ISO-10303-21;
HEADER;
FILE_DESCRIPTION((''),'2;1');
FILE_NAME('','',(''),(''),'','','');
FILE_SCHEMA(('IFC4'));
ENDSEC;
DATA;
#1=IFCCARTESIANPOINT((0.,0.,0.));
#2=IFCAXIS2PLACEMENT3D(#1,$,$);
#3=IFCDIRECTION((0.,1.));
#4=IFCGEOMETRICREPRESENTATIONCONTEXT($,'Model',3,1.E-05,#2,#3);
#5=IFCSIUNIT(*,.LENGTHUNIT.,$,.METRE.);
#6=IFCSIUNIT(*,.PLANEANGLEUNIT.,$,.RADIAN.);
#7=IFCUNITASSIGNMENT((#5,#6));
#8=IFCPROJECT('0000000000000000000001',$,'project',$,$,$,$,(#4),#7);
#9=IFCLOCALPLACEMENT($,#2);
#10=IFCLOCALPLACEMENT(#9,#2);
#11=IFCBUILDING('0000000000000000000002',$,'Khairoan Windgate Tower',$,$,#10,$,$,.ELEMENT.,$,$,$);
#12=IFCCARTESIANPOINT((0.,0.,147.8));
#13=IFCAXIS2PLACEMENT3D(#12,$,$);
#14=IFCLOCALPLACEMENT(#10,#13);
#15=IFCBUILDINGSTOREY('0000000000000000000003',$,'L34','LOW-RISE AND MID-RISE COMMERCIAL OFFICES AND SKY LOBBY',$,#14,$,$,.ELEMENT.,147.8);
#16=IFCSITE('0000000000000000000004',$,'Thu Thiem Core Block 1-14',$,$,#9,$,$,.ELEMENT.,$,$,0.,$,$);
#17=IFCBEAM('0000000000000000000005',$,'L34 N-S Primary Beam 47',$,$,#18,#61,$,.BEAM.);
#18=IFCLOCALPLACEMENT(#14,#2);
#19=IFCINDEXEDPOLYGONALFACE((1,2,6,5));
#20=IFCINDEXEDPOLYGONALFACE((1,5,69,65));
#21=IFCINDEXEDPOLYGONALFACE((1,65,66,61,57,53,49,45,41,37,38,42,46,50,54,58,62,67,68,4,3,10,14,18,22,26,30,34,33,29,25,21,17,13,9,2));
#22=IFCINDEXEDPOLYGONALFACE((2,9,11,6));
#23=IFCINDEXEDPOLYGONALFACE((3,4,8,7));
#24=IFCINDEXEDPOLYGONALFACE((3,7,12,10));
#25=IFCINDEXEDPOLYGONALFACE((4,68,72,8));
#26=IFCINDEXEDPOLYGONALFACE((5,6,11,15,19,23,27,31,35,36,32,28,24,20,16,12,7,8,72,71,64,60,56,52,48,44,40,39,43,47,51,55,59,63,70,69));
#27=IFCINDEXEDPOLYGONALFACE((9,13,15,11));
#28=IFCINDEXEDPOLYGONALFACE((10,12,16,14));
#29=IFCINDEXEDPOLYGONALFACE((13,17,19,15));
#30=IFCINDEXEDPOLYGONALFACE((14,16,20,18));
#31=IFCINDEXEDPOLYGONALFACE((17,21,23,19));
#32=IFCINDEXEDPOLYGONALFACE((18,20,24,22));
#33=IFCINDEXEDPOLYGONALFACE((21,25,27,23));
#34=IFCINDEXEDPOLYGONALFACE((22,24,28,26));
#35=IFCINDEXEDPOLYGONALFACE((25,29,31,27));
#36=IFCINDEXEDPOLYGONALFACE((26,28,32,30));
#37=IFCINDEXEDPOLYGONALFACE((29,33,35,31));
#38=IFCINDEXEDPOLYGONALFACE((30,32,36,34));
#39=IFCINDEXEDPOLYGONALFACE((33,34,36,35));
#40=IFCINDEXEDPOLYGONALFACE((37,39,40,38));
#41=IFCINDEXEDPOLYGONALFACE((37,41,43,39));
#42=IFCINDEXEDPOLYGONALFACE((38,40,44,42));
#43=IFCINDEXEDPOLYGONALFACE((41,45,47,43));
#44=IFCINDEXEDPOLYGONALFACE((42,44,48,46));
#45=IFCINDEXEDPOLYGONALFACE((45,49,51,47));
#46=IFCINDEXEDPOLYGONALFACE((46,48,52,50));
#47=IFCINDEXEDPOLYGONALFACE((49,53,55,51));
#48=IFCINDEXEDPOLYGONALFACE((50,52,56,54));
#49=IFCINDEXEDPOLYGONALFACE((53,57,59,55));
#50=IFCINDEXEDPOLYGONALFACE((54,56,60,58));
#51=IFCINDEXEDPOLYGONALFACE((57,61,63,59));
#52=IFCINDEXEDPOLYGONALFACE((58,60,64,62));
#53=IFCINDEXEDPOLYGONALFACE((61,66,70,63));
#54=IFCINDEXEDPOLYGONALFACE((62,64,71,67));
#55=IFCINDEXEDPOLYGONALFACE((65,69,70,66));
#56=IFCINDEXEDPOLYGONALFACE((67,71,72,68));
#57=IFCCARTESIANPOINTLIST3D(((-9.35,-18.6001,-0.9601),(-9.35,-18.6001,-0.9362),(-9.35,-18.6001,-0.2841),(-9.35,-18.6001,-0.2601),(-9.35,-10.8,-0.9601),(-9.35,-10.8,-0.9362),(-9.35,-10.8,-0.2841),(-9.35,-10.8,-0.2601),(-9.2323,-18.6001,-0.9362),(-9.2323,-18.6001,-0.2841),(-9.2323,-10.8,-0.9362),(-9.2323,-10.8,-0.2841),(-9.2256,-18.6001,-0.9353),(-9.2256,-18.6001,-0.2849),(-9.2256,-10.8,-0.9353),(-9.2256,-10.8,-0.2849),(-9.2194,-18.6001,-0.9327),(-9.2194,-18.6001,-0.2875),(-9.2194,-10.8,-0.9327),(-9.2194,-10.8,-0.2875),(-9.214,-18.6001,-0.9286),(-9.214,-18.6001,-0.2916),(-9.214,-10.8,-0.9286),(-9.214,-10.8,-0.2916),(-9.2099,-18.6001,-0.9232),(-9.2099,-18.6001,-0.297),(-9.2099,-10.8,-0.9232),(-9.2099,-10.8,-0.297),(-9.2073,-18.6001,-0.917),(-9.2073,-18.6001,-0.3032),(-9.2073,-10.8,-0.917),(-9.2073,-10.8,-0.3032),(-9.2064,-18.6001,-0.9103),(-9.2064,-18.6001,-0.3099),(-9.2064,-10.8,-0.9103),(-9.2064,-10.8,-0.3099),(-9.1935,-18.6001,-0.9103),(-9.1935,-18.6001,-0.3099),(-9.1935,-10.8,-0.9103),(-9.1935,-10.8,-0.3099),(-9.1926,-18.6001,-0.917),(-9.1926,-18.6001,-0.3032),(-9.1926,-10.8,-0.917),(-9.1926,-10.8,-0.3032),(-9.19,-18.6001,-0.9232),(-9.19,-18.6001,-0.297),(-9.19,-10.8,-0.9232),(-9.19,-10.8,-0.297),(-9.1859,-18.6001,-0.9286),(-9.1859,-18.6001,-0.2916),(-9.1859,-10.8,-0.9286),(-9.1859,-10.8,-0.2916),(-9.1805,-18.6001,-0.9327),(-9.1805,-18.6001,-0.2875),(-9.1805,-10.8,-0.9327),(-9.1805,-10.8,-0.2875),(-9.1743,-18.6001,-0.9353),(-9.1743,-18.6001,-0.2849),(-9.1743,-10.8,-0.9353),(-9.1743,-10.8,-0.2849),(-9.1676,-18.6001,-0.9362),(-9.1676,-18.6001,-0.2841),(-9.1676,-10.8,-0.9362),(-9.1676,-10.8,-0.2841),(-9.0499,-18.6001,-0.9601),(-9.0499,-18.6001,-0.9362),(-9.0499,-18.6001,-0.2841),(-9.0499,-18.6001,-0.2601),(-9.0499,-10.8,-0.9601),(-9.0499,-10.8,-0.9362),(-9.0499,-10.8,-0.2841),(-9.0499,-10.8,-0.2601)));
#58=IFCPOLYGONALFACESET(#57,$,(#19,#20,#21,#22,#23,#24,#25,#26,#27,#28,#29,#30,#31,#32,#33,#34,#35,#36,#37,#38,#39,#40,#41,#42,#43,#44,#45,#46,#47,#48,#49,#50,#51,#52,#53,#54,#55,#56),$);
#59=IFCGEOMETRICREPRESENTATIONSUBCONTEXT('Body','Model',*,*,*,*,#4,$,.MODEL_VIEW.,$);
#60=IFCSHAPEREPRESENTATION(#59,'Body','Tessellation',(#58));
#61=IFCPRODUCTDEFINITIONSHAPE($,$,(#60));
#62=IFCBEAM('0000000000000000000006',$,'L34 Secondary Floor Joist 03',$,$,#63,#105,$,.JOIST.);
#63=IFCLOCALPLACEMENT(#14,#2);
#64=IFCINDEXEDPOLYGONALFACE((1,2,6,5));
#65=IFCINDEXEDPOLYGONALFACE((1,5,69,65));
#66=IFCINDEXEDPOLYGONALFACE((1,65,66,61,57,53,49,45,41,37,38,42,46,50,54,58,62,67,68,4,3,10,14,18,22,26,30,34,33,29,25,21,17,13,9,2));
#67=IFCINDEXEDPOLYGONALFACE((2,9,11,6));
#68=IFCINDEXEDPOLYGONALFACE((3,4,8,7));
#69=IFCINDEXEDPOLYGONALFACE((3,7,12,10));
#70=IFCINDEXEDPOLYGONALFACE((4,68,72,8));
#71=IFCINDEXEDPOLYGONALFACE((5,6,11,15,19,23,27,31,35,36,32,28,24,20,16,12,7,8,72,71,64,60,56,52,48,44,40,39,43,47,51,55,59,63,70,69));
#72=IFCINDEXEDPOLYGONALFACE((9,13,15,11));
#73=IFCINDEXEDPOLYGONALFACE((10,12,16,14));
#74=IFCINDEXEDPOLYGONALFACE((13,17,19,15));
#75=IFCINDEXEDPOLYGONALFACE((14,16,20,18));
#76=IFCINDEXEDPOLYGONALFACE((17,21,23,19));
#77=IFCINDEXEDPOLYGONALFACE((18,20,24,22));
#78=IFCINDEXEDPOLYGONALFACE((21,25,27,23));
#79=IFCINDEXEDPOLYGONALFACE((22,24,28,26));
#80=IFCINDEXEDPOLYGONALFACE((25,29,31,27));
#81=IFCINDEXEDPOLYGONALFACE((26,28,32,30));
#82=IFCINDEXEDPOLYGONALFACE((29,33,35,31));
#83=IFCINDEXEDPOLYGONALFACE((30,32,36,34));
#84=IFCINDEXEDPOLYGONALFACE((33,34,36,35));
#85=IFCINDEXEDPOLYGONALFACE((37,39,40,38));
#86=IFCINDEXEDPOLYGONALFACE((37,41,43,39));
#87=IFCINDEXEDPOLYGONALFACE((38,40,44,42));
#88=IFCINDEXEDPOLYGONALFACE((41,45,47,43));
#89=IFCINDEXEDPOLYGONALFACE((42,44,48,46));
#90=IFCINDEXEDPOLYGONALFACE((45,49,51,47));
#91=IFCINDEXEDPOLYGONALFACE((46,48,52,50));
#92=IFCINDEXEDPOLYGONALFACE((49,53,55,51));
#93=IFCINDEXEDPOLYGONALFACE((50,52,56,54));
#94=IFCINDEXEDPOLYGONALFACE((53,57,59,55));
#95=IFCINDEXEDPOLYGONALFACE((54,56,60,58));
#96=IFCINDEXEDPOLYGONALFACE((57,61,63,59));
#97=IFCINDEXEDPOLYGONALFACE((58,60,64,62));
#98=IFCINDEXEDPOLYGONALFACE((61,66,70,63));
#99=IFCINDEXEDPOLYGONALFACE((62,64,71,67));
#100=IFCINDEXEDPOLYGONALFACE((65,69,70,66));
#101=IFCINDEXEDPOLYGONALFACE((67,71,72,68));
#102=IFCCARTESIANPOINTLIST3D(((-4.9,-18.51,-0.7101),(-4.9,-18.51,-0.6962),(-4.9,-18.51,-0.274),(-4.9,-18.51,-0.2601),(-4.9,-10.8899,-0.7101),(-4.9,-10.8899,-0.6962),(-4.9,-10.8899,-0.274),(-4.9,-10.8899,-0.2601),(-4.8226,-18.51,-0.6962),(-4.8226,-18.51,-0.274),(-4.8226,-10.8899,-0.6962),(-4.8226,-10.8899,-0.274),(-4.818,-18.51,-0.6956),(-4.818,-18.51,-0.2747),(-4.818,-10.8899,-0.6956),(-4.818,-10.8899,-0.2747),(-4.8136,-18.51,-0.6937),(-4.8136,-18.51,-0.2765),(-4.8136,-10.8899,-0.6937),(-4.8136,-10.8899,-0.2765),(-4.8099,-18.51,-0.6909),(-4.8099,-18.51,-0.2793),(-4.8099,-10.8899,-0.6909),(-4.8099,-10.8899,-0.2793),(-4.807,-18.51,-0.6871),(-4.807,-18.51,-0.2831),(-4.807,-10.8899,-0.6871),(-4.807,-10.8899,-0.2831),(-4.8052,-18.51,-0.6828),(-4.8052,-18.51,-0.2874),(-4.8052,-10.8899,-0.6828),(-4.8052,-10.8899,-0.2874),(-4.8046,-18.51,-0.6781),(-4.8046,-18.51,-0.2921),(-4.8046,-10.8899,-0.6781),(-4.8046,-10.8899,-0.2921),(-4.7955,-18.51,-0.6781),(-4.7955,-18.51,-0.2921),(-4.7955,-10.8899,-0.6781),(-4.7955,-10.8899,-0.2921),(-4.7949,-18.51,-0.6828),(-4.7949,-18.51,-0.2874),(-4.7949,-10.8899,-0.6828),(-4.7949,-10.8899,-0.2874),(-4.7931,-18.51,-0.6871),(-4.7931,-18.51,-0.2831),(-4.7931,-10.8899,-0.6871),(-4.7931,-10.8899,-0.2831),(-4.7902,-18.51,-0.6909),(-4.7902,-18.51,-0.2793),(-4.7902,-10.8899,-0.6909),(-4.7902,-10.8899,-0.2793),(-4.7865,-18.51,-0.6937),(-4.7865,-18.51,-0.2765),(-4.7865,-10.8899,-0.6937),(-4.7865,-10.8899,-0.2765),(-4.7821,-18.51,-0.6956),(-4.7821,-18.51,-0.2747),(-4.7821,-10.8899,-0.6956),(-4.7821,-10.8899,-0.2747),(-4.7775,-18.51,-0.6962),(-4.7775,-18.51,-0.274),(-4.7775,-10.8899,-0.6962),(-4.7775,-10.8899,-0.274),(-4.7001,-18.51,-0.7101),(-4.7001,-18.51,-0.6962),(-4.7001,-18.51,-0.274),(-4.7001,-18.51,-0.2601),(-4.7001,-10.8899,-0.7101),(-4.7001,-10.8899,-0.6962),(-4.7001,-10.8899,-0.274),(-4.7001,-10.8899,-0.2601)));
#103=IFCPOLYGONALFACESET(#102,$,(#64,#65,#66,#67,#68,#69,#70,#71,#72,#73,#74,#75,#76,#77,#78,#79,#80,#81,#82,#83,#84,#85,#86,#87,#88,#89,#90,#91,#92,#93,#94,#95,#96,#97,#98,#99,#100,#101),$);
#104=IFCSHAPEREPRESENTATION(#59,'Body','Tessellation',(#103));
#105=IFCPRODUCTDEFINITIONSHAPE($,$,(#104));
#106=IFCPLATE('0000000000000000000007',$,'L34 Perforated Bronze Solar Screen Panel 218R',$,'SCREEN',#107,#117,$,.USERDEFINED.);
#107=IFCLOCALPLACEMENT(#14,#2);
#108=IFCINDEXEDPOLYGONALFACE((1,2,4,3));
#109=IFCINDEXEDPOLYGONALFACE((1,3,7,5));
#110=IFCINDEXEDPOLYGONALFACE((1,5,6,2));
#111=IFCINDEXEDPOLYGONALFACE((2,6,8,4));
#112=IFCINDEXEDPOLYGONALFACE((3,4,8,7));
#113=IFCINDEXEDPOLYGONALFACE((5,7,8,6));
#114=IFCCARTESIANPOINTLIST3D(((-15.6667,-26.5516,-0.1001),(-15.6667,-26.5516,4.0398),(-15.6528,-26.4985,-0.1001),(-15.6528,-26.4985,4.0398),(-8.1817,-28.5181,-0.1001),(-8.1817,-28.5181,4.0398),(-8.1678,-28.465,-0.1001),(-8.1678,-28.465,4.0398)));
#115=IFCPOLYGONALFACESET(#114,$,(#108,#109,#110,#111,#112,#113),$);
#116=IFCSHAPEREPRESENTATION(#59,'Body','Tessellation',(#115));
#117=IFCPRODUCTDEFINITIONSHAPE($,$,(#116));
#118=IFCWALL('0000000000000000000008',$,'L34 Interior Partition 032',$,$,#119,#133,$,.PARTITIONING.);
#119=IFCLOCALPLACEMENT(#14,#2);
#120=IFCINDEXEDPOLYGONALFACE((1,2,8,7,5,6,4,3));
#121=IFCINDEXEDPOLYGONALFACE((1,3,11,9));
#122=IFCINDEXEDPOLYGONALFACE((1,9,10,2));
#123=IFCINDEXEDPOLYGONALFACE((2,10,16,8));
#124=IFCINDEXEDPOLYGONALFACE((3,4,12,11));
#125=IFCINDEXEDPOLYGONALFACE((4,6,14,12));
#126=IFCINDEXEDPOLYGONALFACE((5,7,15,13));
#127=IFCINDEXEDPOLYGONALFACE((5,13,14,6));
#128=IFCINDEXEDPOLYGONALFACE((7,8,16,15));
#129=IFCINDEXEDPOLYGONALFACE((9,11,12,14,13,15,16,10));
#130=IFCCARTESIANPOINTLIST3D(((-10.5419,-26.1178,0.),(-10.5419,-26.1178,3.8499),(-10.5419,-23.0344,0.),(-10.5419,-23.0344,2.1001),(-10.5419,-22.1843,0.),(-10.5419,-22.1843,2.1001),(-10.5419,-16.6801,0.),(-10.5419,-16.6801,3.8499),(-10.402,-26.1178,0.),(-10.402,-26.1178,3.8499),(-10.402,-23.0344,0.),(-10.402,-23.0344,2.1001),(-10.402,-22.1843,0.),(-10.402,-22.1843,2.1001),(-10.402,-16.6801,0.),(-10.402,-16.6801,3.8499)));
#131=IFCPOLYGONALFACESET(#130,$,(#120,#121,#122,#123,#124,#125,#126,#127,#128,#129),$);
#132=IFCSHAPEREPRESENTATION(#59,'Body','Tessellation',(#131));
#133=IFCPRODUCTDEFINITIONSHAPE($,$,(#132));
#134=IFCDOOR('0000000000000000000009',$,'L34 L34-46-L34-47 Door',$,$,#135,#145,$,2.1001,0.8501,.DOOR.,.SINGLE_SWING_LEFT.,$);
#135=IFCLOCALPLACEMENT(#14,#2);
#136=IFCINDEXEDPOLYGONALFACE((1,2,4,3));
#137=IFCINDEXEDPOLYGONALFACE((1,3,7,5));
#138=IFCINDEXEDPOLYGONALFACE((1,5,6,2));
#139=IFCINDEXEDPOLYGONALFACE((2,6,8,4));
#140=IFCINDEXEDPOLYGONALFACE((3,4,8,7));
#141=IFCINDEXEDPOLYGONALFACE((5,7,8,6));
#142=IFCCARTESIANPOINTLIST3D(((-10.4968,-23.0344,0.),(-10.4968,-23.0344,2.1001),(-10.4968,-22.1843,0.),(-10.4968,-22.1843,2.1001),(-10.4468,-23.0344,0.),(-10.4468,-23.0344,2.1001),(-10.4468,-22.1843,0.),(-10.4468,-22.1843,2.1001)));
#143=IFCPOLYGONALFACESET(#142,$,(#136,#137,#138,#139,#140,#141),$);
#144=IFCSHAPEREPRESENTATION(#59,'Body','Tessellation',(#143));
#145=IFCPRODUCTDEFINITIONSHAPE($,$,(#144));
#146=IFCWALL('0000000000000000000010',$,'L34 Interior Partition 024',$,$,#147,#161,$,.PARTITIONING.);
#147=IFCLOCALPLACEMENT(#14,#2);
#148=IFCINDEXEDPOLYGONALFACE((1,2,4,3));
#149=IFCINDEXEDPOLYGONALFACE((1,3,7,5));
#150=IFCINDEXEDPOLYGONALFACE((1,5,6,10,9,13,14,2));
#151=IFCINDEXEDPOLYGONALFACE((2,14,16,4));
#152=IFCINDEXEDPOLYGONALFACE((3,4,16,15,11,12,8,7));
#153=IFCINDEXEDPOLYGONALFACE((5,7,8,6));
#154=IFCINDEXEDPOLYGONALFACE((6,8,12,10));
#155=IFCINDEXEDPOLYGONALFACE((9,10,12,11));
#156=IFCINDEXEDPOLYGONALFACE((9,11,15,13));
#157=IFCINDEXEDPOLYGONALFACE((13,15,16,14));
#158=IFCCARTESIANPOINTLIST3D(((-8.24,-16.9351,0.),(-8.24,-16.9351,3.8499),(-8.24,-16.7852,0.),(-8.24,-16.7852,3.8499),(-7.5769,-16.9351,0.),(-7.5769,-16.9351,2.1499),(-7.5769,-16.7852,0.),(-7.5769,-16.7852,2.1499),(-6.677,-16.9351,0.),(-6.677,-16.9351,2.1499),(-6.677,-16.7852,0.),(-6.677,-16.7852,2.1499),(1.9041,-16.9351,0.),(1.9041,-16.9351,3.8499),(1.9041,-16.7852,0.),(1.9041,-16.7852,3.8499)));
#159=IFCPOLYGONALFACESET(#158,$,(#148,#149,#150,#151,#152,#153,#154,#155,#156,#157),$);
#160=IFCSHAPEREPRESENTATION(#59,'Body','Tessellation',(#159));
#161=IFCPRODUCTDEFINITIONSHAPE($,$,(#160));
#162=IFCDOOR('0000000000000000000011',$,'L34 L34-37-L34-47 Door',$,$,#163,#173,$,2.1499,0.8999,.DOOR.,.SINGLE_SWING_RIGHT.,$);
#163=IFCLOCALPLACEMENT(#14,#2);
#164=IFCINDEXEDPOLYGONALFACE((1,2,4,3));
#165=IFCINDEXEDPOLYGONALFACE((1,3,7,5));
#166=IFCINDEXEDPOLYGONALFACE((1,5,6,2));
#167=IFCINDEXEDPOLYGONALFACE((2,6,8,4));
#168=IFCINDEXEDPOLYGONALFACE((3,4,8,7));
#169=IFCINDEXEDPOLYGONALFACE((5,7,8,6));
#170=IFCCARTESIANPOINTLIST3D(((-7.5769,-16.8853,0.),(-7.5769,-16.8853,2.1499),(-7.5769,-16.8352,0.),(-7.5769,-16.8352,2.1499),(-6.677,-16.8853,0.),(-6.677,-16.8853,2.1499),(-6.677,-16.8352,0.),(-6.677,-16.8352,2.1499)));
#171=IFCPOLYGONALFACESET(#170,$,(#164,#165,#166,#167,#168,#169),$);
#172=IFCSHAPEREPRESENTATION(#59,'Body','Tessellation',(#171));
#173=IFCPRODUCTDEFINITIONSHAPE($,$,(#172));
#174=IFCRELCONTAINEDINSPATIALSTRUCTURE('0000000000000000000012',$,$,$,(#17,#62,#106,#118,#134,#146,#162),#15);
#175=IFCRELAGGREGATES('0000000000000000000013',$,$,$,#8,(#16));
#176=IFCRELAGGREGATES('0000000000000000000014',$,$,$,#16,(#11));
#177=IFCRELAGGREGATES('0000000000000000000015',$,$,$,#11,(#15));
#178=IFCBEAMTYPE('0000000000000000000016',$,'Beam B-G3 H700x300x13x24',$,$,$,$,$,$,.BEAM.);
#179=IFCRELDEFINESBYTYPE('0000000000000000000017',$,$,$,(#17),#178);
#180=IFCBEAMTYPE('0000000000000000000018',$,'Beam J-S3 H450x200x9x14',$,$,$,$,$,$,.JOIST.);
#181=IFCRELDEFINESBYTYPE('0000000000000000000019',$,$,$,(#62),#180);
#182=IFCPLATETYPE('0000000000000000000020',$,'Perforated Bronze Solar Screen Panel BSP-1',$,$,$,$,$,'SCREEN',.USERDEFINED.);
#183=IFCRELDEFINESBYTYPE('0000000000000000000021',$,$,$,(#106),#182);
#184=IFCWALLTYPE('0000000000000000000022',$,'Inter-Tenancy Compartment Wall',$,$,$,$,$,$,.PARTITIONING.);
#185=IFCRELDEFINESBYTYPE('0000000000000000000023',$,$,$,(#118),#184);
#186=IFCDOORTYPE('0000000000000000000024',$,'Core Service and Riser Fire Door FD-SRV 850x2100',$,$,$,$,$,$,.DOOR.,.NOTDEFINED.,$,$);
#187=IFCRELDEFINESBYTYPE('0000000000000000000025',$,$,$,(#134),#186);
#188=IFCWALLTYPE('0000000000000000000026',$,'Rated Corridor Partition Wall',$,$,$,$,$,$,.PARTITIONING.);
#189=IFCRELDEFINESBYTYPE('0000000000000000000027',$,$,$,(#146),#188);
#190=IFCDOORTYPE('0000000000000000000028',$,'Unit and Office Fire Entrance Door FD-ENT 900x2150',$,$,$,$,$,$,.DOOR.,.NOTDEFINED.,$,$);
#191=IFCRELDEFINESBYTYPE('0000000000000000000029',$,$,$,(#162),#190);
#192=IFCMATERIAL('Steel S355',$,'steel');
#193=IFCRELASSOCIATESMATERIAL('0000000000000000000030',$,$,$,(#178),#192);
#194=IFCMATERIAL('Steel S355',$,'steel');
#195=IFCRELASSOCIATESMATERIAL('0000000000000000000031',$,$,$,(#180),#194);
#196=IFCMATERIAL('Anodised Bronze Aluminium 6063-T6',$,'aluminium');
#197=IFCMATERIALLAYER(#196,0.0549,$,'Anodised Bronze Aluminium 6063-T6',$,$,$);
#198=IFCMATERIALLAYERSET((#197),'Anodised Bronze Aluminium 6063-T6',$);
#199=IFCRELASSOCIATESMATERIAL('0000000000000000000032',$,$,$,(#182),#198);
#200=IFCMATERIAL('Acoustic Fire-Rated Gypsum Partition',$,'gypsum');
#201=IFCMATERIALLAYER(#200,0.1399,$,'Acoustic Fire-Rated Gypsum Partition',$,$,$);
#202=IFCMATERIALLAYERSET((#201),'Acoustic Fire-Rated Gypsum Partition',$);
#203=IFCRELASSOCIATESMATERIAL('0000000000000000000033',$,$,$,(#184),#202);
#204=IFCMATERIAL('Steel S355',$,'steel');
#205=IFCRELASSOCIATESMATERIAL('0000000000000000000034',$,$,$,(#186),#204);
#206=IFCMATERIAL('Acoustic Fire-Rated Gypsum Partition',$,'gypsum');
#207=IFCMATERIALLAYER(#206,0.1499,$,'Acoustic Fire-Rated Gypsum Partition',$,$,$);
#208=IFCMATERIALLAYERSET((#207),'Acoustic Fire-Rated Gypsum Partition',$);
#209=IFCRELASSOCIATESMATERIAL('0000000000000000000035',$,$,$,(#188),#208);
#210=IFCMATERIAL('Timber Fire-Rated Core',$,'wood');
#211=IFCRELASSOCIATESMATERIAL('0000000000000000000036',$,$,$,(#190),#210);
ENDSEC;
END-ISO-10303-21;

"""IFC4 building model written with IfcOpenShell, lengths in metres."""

from ifc_helpers import new_model, si_unit, direction, frame, frame_2d, origin, origin_2d, place, context, subcontext, project, spatial, rectangle, i_section, extrude, material, layer, layer_set, material_profile, profile_set, type_object, element, fill, save


model = new_model("IFC4")

# Units and contexts
model_context = context("Model", 3, precision=1e-05, world=origin(), true_north=direction((0.0, 1.0)))
body_context = subcontext(model_context, "Body", "Model", "MODEL_VIEW")
ifc_project = project(units=[si_unit("LENGTHUNIT", "METRE"), si_unit("PLANEANGLEUNIT", "RADIAN")], contexts=[model_context])

# Site, building, storey
site_placement = place(None, origin())
site = spatial("IfcSite", under=ifc_project, at=site_placement, Name="Thu Thiem Core Block 1-14", CompositionType="ELEMENT", RefElevation=0.0)
building_placement = place(site_placement, origin())
building = spatial("IfcBuilding", under=site, at=building_placement, Name="Khairoan Windgate Tower", CompositionType="ELEMENT")
storey_placement = place(building_placement, frame((0.0, 0.0, 147.8)))
storey = spatial("IfcBuildingStorey", under=building, at=storey_placement, Name="L34", Description="LOW-RISE AND MID-RISE COMMERCIAL OFFICES AND SKY LOBBY", CompositionType="ELEMENT", Elevation=147.8)

# Beams
ifc_material_1 = material(Name="Steel S355", Category="steel")
ifc_material_profile_1 = material_profile(ifc_material_1, i_section(OverallWidth=0.3, OverallDepth=0.7, WebThickness=0.0129, FlangeThickness=0.0239, FilletRadius=0.0259, at=origin_2d()))
ifc_profile_set_1 = profile_set([ifc_material_profile_1], Name="Steel S355")
beam_type_1 = type_object("IfcBeamType", Name="Beam B-G3 H700x300x13x24", PredefinedType="BEAM", material=ifc_profile_set_1)
beam_1_placement = place(storey_placement, frame((-9.2, -18.6001, -0.6101), z_axis=(0.0, 1.0, 0.0), x_axis=(-1.0, 0.0, 0.0)))
element("IfcBeam", 1, at=beam_1_placement, inside=storey, type_object=beam_type_1, Name="L34 N-S Primary Beam 47", PredefinedType="BEAM", context=body_context, shape_type="SweptSolid", body=[
    extrude(i_section(OverallWidth=0.3, OverallDepth=0.7, WebThickness=0.0129, FlangeThickness=0.0239, FilletRadius=0.0259, at=origin_2d()), origin(), (0.0, 0.0, 1.0), 7.8),
])
ifc_material_2 = material(Name="Steel S355", Category="steel")
ifc_material_profile_2 = material_profile(ifc_material_2, i_section(OverallWidth=0.2, OverallDepth=0.45, WebThickness=0.009, FlangeThickness=0.0139, FilletRadius=0.0181, at=origin_2d()))
ifc_profile_set_2 = profile_set([ifc_material_profile_2], Name="Steel S355")
beam_type_2 = type_object("IfcBeamType", Name="Beam J-S3 H450x200x9x14", PredefinedType="JOIST", material=ifc_profile_set_2)
beam_2_placement = place(storey_placement, frame((-4.8, -18.51, -0.4851), z_axis=(0.0, 1.0, 0.0), x_axis=(-1.0, 0.0, 0.0)))
element("IfcBeam", 2, at=beam_2_placement, inside=storey, type_object=beam_type_2, Name="L34 Secondary Floor Joist 03", PredefinedType="JOIST", context=body_context, shape_type="SweptSolid", body=[
    extrude(i_section(OverallWidth=0.2, OverallDepth=0.45, WebThickness=0.009, FlangeThickness=0.0139, FilletRadius=0.0181, at=origin_2d()), origin(), (0.0, 0.0, 1.0), 7.6201),
])

# Plate
ifc_material_3 = material(Name="Anodised Bronze Aluminium 6063-T6", Category="aluminium")
ifc_layer_1 = layer(ifc_material_3, 0.0549, Name="Anodised Bronze Aluminium 6063-T6")
ifc_layer_set_1 = layer_set([ifc_layer_1], Name="Anodised Bronze Aluminium 6063-T6")
plate_type = type_object("IfcPlateType", Name="Perforated Bronze Solar Screen Panel BSP-1", ElementType="SCREEN", PredefinedType="USERDEFINED", material=ifc_layer_set_1)
plate_placement = place(storey_placement, frame((-11.9172, -27.5083, -0.1001), z_axis=(0.0, 0.0, 1.0), x_axis=(-0.967179, 0.254096, 0.0)))
element("IfcPlate", 3, at=plate_placement, inside=storey, type_object=plate_type, Name="L34 Perforated Bronze Solar Screen Panel 218R", ObjectType="SCREEN", PredefinedType="USERDEFINED", context=body_context, shape_type="SweptSolid", body=[
    extrude(rectangle(XDim=7.739, YDim=0.0549, at=origin_2d()), origin(), (0.0, 0.0, 1.0), 4.1399),
])

# Walls, openings, doors
ifc_material_4 = material(Name="Acoustic Fire-Rated Gypsum Partition", Category="gypsum")
ifc_layer_2 = layer(ifc_material_4, 0.1399, Name="Acoustic Fire-Rated Gypsum Partition")
ifc_layer_set_2 = layer_set([ifc_layer_2], Name="Acoustic Fire-Rated Gypsum Partition")
wall_type_1 = type_object("IfcWallType", Name="Inter-Tenancy Compartment Wall", PredefinedType="PARTITIONING", material=ifc_layer_set_2)
wall_1_placement = place(storey_placement, frame((-10.4719, -26.1177, 0.0), z_axis=(0.0, 0.0, 1.0), x_axis=(0.0, 1.0, 0.0)))
wall_1 = element("IfcWall", 4, at=wall_1_placement, inside=storey, type_object=wall_type_1, Name="L34 Interior Partition 032", PredefinedType="PARTITIONING", context=body_context, shape_type="SweptSolid", body=[
    extrude(rectangle(XDim=9.4377, YDim=0.1399, at=frame_2d((4.7188, 0.0))), origin(), (0.0, 0.0, 1.0), 3.8499),
])
opening_1_placement = place(wall_1_placement, frame((3.0833, 0.0, 0.0)))
opening_1 = element("IfcOpeningElement", 5, at=opening_1_placement, cuts=wall_1, PredefinedType="OPENING", context=body_context, shape_type="SweptSolid", body=[
    extrude(rectangle(XDim=0.8501, YDim=2.1001, at=frame_2d((0.425, 1.05))), frame((0.0, 0.0798, 0.0), z_axis=(0.0, -1.0, 0.0), x_axis=(1.0, 0.0, 0.0)), (0.0, 0.0, 1.0), 0.1599),
])
ifc_material_5 = material(Name="Steel S355", Category="steel")
door_type_1 = type_object("IfcDoorType", Name="Core Service and Riser Fire Door FD-SRV 850x2100", OperationType="NOTDEFINED", PredefinedType="DOOR", material=ifc_material_5)
door_1_placement = place(opening_1_placement, origin())
door_1 = element("IfcDoor", 6, at=door_1_placement, inside=storey, type_object=door_type_1, Name="L34 L34-46-L34-47 Door", OperationType="SINGLE_SWING_LEFT", OverallHeight=2.1001, OverallWidth=0.8501, PredefinedType="DOOR", context=body_context, shape_type="SweptSolid", body=[
    extrude(rectangle(XDim=0.8501, YDim=2.1001, at=frame_2d((0.425, 1.05))), frame((0.0, 0.0249, 0.0), z_axis=(0.0, -1.0, 0.0), x_axis=(1.0, 0.0, 0.0)), (0.0, 0.0, 1.0), 0.05),
])
fill(opening_1, door_1)
ifc_material_6 = material(Name="Acoustic Fire-Rated Gypsum Partition", Category="gypsum")
ifc_layer_3 = layer(ifc_material_6, 0.1499, Name="Acoustic Fire-Rated Gypsum Partition")
ifc_layer_set_3 = layer_set([ifc_layer_3], Name="Acoustic Fire-Rated Gypsum Partition")
wall_type_2 = type_object("IfcWallType", Name="Rated Corridor Partition Wall", PredefinedType="PARTITIONING", material=ifc_layer_set_3)
wall_2_placement = place(storey_placement, frame((-8.24, -16.8601, 0.0), z_axis=(0.0, 0.0, 1.0), x_axis=(1.0, 0.0, 0.0)))
wall_2 = element("IfcWall", 7, at=wall_2_placement, inside=storey, type_object=wall_type_2, Name="L34 Interior Partition 024", PredefinedType="PARTITIONING", context=body_context, shape_type="SweptSolid", body=[
    extrude(rectangle(XDim=10.144, YDim=0.1499, at=frame_2d((5.072, 0.0))), origin(), (0.0, 0.0, 1.0), 3.8499),
])
opening_2_placement = place(wall_2_placement, frame((0.6631, 0.0, 0.0)))
opening_2 = element("IfcOpeningElement", 8, at=opening_2_placement, cuts=wall_2, PredefinedType="OPENING", context=body_context, shape_type="SweptSolid", body=[
    extrude(rectangle(XDim=0.8999, YDim=2.1499, at=frame_2d((0.45, 1.075))), frame((0.0, 0.085, 0.0), z_axis=(0.0, -1.0, 0.0), x_axis=(1.0, 0.0, 0.0)), (0.0, 0.0, 1.0), 0.1699),
])
ifc_material_7 = material(Name="Timber Fire-Rated Core", Category="wood")
door_type_2 = type_object("IfcDoorType", Name="Unit and Office Fire Entrance Door FD-ENT 900x2150", OperationType="NOTDEFINED", PredefinedType="DOOR", material=ifc_material_7)
door_2_placement = place(opening_2_placement, origin())
door_2 = element("IfcDoor", 9, at=door_2_placement, inside=storey, type_object=door_type_2, Name="L34 L34-37-L34-47 Door", OperationType="SINGLE_SWING_RIGHT", OverallHeight=2.1499, OverallWidth=0.8999, PredefinedType="DOOR", context=body_context, shape_type="SweptSolid", body=[
    extrude(rectangle(XDim=0.8999, YDim=2.1499, at=frame_2d((0.45, 1.075))), frame((0.0, 0.0249, 0.0), z_axis=(0.0, -1.0, 0.0), x_axis=(1.0, 0.0, 0.0)), (0.0, 0.0, 1.0), 0.05),
])
fill(opening_2, door_2)

save(model, "model.ifc")
